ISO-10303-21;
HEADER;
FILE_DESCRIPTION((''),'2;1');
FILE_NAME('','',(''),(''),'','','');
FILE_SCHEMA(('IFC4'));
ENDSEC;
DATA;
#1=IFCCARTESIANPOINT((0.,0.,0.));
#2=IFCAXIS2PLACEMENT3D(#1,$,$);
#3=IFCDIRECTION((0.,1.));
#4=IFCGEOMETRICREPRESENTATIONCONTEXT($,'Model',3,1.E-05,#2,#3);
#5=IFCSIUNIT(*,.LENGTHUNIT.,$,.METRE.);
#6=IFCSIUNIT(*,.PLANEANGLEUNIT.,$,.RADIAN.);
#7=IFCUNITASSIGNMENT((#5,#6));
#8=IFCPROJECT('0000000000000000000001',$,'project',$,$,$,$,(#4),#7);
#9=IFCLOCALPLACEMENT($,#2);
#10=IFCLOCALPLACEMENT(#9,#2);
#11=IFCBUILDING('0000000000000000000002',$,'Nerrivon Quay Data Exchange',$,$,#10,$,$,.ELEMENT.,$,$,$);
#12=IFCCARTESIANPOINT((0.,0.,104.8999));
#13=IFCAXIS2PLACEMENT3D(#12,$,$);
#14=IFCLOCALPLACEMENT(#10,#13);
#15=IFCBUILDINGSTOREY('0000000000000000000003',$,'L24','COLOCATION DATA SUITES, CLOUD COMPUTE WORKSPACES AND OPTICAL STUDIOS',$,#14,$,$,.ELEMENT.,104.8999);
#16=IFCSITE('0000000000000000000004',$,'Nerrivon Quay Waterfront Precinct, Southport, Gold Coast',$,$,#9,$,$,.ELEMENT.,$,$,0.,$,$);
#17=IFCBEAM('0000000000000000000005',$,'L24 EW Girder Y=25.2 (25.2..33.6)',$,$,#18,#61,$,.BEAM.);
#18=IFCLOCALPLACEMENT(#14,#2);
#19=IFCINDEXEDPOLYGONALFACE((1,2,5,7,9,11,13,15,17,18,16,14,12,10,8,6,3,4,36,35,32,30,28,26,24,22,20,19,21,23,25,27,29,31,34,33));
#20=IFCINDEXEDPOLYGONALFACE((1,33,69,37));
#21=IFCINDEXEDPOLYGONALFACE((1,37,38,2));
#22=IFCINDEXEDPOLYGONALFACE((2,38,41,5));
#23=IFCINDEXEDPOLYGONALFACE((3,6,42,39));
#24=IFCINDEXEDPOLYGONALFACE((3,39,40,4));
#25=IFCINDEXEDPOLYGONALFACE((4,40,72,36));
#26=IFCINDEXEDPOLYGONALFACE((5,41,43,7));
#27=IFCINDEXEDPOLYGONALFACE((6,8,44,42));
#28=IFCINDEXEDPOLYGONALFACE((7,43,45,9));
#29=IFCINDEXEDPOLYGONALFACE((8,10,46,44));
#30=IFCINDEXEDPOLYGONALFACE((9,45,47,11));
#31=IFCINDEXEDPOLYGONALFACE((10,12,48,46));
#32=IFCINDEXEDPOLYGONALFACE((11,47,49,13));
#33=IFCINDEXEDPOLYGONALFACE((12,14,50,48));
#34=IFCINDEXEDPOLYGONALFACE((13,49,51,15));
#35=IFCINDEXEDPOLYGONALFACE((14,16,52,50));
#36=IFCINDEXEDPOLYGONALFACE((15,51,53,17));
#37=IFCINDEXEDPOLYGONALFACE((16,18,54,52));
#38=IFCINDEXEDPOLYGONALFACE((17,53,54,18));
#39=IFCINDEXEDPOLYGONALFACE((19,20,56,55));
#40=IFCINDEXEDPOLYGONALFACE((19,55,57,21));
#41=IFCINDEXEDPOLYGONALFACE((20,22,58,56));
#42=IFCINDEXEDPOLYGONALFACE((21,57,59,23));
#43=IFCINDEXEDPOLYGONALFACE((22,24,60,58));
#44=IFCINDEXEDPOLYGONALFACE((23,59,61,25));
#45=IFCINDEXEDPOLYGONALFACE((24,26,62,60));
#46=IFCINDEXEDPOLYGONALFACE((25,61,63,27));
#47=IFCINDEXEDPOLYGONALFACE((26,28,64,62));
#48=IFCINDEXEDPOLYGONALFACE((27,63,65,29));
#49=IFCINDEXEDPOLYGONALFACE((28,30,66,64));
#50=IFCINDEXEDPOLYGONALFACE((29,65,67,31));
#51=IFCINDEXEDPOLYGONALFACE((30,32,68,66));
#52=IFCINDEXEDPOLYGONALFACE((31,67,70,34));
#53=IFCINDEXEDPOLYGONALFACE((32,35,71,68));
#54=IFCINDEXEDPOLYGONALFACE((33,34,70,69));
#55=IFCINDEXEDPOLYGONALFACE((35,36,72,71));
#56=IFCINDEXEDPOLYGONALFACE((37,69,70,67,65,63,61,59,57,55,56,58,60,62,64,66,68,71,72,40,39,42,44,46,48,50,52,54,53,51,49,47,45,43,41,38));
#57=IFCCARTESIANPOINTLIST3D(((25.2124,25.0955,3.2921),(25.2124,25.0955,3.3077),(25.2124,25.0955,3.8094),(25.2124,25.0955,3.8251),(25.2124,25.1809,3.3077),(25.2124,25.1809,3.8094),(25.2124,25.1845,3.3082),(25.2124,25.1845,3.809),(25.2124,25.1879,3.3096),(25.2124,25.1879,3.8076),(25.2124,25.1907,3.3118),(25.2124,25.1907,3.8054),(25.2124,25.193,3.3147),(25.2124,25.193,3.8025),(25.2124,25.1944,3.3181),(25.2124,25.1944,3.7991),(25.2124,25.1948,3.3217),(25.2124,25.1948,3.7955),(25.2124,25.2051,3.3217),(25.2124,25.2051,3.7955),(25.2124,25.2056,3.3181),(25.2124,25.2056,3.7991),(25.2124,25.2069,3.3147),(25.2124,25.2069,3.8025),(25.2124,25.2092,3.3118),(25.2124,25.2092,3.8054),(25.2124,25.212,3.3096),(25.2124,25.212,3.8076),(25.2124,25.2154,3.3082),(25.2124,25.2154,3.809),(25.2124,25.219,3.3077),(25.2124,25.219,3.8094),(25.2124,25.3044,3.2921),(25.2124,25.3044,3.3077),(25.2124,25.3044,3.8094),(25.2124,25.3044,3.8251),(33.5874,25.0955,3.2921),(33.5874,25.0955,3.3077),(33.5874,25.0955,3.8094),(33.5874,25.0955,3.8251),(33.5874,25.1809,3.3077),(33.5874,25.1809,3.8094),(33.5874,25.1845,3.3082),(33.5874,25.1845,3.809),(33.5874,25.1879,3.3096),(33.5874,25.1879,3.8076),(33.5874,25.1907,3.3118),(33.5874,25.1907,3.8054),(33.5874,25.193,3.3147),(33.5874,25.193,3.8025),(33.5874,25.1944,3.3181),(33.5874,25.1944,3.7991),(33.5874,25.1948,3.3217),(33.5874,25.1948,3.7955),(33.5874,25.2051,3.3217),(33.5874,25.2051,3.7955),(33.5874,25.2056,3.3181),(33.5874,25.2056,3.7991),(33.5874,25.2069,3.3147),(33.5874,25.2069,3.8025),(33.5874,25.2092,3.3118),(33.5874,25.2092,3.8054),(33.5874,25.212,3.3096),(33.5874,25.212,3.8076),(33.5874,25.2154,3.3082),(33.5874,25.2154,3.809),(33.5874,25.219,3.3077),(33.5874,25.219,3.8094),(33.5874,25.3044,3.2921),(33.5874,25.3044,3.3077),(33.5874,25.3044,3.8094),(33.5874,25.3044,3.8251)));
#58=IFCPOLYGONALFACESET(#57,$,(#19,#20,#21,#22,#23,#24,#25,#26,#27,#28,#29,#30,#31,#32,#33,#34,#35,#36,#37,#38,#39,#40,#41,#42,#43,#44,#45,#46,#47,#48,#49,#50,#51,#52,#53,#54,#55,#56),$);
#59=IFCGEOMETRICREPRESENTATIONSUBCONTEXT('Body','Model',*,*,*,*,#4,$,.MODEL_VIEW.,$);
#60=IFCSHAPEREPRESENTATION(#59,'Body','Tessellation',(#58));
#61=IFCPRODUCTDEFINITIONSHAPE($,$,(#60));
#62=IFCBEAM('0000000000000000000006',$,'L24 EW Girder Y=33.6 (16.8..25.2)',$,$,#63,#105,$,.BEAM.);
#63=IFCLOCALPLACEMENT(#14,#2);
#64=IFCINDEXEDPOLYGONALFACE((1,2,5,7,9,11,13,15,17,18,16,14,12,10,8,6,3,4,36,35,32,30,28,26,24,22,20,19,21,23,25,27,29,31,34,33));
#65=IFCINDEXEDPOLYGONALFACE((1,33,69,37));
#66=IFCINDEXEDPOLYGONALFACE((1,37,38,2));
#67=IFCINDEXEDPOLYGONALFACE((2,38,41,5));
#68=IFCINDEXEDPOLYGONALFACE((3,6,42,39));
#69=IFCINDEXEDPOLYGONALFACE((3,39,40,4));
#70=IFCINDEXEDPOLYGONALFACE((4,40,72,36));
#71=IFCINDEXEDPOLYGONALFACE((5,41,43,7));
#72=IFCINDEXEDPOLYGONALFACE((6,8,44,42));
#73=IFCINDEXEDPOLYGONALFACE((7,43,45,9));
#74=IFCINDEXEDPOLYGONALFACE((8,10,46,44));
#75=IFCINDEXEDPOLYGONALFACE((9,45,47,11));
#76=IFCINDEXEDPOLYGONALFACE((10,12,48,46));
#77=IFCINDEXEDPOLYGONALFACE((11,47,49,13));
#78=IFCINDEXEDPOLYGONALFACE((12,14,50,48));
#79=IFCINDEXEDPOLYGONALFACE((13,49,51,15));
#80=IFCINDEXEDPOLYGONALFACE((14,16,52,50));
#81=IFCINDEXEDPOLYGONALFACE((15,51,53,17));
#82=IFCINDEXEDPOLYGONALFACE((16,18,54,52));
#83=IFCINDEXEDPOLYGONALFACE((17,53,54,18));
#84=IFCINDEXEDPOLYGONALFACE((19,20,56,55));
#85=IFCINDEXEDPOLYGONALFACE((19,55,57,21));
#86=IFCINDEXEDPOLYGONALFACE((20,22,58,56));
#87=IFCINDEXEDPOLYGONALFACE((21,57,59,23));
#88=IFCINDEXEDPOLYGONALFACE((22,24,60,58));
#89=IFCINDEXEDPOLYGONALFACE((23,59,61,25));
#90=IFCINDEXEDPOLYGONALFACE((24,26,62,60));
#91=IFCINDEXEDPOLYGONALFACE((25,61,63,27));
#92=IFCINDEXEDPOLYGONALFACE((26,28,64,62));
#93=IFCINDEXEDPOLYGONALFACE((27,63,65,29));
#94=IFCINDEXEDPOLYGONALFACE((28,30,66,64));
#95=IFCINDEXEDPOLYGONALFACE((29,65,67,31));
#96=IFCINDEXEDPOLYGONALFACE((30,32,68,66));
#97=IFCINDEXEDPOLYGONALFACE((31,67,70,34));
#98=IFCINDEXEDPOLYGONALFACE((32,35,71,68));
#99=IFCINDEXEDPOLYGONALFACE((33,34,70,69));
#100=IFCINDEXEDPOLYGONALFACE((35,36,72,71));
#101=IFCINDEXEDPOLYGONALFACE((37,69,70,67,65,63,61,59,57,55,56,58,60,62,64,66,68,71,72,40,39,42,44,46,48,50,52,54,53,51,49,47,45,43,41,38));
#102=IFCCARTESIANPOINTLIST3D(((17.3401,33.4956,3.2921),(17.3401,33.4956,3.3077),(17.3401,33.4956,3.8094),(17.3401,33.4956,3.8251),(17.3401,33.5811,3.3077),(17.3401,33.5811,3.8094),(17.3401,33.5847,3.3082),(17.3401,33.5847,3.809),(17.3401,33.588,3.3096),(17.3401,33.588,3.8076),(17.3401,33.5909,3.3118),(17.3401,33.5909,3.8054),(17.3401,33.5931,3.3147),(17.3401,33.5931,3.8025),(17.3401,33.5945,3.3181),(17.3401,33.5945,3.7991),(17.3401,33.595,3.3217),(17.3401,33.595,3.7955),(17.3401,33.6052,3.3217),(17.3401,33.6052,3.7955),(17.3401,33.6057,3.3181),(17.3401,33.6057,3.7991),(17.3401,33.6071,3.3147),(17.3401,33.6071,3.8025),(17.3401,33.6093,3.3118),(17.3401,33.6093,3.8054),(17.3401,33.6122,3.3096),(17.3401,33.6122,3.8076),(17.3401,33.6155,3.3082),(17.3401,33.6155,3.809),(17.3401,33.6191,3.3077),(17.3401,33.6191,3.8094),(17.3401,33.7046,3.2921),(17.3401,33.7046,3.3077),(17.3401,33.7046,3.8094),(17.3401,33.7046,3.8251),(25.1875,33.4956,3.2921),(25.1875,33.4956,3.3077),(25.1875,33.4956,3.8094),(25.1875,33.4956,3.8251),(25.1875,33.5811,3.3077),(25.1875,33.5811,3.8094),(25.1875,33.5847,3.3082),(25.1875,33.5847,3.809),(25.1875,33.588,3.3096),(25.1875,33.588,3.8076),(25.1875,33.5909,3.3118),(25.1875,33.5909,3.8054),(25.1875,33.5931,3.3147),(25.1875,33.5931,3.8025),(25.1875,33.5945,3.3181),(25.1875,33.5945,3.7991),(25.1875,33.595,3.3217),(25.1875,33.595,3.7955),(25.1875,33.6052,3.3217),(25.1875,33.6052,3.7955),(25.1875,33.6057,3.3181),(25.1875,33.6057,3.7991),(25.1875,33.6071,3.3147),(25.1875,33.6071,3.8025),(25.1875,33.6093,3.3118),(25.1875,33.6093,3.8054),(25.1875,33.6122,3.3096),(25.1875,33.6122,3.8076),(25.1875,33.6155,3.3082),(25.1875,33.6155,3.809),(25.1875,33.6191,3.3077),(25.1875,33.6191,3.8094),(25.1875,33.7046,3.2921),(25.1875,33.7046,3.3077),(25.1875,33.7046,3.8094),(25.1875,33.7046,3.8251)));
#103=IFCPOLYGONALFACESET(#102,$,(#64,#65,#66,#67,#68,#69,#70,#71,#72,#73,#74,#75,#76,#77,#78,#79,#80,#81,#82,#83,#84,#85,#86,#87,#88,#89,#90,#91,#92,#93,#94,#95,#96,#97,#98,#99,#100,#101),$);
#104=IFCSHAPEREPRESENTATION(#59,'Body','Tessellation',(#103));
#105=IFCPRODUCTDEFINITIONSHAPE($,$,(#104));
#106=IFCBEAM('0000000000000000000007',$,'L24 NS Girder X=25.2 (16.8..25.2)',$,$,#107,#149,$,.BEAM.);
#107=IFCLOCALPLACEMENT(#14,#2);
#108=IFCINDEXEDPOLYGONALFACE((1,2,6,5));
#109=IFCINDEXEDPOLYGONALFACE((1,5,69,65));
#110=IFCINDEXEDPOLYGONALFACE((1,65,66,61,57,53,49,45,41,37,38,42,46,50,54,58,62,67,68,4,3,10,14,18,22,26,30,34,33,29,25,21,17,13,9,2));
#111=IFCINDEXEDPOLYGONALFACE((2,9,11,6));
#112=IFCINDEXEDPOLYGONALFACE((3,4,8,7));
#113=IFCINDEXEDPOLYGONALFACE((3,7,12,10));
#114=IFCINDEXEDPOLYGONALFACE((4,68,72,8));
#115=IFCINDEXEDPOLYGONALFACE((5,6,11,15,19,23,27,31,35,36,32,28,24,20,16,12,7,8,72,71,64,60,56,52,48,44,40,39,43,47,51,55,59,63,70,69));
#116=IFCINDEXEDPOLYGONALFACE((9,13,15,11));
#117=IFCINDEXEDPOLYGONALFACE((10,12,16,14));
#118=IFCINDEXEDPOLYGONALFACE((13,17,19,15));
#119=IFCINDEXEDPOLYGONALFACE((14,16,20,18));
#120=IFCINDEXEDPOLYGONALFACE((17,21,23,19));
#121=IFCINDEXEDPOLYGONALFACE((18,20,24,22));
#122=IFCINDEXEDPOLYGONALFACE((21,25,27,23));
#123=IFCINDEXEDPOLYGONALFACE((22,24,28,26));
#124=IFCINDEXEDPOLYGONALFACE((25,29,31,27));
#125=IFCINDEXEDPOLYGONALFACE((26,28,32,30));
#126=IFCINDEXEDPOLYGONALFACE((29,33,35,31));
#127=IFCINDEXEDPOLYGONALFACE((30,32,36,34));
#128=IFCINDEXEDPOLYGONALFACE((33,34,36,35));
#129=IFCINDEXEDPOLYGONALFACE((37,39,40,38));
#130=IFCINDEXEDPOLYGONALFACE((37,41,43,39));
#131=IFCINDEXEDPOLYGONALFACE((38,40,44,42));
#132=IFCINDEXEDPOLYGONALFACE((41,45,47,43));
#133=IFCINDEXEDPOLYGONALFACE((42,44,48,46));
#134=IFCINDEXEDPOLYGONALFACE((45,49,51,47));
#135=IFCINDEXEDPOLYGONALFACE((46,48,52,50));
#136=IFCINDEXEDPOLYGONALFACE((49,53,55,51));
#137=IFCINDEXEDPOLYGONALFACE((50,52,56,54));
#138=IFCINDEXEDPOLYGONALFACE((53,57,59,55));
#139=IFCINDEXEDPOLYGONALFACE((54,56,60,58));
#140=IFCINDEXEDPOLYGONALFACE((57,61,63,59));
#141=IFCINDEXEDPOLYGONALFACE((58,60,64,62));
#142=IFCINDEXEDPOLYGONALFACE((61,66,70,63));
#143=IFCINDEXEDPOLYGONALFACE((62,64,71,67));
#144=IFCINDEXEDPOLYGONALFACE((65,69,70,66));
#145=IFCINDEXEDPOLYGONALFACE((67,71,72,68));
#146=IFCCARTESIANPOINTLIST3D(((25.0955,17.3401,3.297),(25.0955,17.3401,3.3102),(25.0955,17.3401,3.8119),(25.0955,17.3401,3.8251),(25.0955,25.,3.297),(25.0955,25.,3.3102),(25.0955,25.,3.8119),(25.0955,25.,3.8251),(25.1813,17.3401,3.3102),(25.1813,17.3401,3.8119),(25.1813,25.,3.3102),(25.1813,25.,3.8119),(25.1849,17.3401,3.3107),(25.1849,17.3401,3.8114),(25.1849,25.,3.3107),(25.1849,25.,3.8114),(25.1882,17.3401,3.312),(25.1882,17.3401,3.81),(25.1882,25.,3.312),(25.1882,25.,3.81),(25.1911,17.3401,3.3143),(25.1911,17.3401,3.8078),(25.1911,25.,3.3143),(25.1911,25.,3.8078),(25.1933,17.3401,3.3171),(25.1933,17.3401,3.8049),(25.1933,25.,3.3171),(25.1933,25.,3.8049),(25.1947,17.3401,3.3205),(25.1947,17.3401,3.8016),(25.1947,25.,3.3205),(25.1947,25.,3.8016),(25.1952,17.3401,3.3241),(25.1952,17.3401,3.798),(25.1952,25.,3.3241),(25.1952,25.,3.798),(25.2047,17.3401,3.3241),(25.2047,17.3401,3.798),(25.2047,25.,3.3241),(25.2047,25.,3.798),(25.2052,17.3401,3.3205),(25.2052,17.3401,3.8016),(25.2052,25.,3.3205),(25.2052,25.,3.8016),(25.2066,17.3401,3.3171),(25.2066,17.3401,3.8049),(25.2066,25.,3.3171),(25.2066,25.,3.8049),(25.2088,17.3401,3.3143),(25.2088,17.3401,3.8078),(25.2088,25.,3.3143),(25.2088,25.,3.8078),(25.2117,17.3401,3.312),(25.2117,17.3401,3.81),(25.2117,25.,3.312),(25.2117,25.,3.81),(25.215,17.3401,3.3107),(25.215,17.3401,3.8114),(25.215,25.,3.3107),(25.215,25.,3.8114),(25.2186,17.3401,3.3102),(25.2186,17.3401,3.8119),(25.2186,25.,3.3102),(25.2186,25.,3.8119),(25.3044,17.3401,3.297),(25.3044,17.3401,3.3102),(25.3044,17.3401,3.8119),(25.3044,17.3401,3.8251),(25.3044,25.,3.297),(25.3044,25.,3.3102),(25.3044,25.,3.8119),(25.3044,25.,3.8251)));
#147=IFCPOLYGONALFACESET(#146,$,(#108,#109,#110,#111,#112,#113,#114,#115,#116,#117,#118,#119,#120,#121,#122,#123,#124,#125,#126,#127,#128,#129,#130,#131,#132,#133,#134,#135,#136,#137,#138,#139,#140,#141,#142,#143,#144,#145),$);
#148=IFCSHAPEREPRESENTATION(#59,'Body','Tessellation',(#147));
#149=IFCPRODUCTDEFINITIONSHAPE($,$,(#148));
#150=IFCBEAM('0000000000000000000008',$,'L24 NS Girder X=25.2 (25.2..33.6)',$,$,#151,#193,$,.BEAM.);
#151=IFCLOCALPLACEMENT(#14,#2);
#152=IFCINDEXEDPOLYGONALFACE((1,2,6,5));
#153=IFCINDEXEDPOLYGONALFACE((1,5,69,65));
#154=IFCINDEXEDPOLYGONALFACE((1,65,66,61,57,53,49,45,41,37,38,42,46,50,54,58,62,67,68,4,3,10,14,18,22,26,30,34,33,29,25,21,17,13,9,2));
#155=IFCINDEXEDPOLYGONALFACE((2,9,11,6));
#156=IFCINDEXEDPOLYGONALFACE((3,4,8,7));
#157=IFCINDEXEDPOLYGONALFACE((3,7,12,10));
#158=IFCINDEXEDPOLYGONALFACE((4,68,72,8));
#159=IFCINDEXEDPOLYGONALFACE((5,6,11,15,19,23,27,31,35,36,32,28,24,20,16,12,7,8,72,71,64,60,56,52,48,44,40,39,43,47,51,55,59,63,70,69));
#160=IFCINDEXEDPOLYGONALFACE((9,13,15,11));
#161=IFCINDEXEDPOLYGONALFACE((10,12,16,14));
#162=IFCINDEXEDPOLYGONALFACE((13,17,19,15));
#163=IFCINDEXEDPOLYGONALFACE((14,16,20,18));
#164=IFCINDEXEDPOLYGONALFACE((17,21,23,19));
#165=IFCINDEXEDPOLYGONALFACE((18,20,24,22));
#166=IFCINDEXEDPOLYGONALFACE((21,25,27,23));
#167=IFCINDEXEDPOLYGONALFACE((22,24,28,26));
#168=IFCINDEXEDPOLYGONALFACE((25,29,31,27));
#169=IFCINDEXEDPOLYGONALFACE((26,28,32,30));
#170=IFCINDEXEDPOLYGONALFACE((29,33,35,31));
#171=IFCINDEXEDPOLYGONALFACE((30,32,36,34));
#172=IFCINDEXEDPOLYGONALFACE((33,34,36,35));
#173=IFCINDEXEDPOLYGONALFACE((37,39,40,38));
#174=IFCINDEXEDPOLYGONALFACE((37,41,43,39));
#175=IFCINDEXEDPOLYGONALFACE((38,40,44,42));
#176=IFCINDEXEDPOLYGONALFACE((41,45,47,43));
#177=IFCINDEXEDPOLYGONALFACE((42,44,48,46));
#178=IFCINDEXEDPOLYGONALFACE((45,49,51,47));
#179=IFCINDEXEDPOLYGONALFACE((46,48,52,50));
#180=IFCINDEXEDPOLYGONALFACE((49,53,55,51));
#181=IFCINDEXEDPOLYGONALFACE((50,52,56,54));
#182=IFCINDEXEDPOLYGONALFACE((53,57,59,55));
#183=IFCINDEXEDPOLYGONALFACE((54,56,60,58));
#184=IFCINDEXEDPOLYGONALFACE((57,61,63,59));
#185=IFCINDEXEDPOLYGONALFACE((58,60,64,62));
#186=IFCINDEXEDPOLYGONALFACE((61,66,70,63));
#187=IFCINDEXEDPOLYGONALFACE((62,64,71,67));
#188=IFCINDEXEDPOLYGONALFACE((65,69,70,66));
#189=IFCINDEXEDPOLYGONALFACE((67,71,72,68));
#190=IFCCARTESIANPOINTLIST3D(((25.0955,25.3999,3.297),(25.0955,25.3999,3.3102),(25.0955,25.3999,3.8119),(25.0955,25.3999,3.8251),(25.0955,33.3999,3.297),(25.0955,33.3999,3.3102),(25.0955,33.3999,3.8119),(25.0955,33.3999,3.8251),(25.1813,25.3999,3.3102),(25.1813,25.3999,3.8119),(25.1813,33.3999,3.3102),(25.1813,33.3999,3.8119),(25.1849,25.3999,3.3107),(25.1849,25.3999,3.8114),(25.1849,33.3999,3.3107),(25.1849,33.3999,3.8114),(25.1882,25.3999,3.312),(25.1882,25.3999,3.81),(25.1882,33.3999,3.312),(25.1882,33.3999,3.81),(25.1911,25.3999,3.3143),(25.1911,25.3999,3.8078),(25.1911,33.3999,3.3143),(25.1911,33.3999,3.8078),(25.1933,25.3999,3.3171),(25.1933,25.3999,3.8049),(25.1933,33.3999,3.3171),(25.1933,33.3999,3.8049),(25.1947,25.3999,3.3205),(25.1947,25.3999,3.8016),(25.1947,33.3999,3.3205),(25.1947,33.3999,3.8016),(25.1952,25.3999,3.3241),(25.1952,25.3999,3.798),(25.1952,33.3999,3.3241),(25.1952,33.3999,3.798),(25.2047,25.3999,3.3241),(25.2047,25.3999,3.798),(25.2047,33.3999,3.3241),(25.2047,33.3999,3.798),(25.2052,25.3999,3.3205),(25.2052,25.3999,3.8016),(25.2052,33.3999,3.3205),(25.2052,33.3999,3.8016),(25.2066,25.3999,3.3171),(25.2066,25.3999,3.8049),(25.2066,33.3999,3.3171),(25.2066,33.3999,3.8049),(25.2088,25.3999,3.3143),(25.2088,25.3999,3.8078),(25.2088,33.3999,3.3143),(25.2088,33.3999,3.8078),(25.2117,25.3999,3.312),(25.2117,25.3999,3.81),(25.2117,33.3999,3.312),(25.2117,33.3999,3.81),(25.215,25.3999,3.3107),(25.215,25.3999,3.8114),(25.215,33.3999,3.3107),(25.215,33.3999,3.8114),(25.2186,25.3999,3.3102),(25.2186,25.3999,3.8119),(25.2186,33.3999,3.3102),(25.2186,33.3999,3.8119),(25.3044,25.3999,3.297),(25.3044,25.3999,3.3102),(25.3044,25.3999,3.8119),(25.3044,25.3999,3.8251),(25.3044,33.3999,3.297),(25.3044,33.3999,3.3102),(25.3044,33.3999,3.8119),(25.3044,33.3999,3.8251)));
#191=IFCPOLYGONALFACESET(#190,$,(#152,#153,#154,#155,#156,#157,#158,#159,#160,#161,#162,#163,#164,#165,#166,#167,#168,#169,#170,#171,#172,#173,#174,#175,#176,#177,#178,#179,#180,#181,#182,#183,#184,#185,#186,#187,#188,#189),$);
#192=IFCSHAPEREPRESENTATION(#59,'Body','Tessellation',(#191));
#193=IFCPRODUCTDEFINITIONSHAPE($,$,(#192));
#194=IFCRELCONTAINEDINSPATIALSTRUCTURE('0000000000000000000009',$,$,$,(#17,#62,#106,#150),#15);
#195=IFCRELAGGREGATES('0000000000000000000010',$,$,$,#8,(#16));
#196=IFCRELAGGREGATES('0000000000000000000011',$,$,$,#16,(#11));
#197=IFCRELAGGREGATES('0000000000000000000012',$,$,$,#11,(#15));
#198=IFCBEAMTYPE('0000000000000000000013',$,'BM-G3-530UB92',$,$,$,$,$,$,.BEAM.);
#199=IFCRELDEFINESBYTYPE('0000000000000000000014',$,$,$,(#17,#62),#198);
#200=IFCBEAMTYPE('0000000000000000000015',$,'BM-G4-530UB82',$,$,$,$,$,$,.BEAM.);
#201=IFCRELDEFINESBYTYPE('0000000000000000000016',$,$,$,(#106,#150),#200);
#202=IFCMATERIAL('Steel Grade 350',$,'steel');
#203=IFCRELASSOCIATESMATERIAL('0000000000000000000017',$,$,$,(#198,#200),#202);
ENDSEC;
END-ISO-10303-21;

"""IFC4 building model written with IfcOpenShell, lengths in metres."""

from ifc_helpers import new_model, si_unit, direction, frame, origin, origin_2d, place, context, subcontext, project, spatial, i_section, extrude, material, material_profile, profile_set, type_object, element, save


model = new_model("IFC4")

# Units and contexts
model_context = context("Model", 3, precision=1e-05, world=origin(), true_north=direction((0.0, 1.0)))
body_context = subcontext(model_context, "Body", "Model", "MODEL_VIEW")
ifc_project = project(units=[si_unit("LENGTHUNIT", "METRE"), si_unit("PLANEANGLEUNIT", "RADIAN")], contexts=[model_context])

# Site, building, storey
site_placement = place(None, origin())
site = spatial("IfcSite", under=ifc_project, at=site_placement, Name="Nerrivon Quay Waterfront Precinct, Southport, Gold Coast", CompositionType="ELEMENT", RefElevation=0.0)
building_placement = place(site_placement, origin())
building = spatial("IfcBuilding", under=site, at=building_placement, Name="Nerrivon Quay Data Exchange", CompositionType="ELEMENT")
storey_placement = place(building_placement, frame((0.0, 0.0, 104.8999)))
storey = spatial("IfcBuildingStorey", under=building, at=storey_placement, Name="L24", Description="COLOCATION DATA SUITES, CLOUD COMPUTE WORKSPACES AND OPTICAL STUDIOS", CompositionType="ELEMENT", Elevation=104.8999)

# Shared definitions
ifc_material_1 = material(Name="Steel Grade 350", Category="steel")

# Beams
ifc_material_profile_1 = material_profile(ifc_material_1, i_section(OverallWidth=0.209, OverallDepth=0.533, WebThickness=0.0103, FlangeThickness=0.0156, FilletRadius=0.0139, at=origin_2d()), Name="530UB92.4")
ifc_profile_set_1 = profile_set([ifc_material_profile_1], Name="Steel Grade 350")
beam_type_1 = type_object("IfcBeamType", Name="BM-G3-530UB92", PredefinedType="BEAM", material=ifc_profile_set_1)
beam_1_placement = place(storey_placement, frame((25.2124, 25.2, 3.5586), z_axis=(1.0, 0.0, 0.0), x_axis=(0.0, 1.0, 0.0)))
element("IfcBeam", 1, at=beam_1_placement, inside=storey, type_object=beam_type_1, Name="L24 EW Girder Y=25.2 (25.2..33.6)", PredefinedType="BEAM", context=body_context, shape_type="SweptSolid", body=[
    extrude(i_section(OverallWidth=0.209, OverallDepth=0.533, WebThickness=0.0103, FlangeThickness=0.0156, FilletRadius=0.0139, at=origin_2d()), origin(), (0.0, 0.0, 1.0), 8.375),
])
beam_2_placement = place(storey_placement, frame((17.3401, 33.6001, 3.5586), z_axis=(1.0, 0.0, 0.0), x_axis=(0.0, 1.0, 0.0)))
element("IfcBeam", 2, at=beam_2_placement, inside=storey, type_object=beam_type_1, Name="L24 EW Girder Y=33.6 (16.8..25.2)", PredefinedType="BEAM", context=body_context, shape_type="SweptSolid", body=[
    extrude(i_section(OverallWidth=0.209, OverallDepth=0.533, WebThickness=0.0103, FlangeThickness=0.0156, FilletRadius=0.0139, at=origin_2d()), origin(), (0.0, 0.0, 1.0), 7.8474),
])
ifc_material_profile_2 = material_profile(ifc_material_1, i_section(OverallWidth=0.209, OverallDepth=0.5281, WebThickness=0.0095, FlangeThickness=0.0132, FilletRadius=0.0139, at=origin_2d()), Name="530UB82.0")
ifc_profile_set_2 = profile_set([ifc_material_profile_2], Name="Steel Grade 350")
beam_type_2 = type_object("IfcBeamType", Name="BM-G4-530UB82", PredefinedType="BEAM", material=ifc_profile_set_2)
beam_3_placement = place(storey_placement, frame((25.2, 17.3401, 3.561), z_axis=(0.0, 1.0, 0.0), x_axis=(-1.0, 0.0, 0.0)))
element("IfcBeam", 3, at=beam_3_placement, inside=storey, type_object=beam_type_2, Name="L24 NS Girder X=25.2 (16.8..25.2)", PredefinedType="BEAM", context=body_context, shape_type="SweptSolid", body=[
    extrude(i_section(OverallWidth=0.209, OverallDepth=0.5281, WebThickness=0.0095, FlangeThickness=0.0132, FilletRadius=0.0139, at=origin_2d()), origin(), (0.0, 0.0, 1.0), 7.6599),
])
for number, where, z_axis, x_axis, name in (
    (4, (25.2, 25.3999, 3.561), (0.0, 1.0, 0.0), (-1.0, 0.0, 0.0), "L24 NS Girder X=25.2 (25.2..33.6)"),
):
    element("IfcBeam", number, at=place(storey_placement, frame(where, z_axis=z_axis, x_axis=x_axis)), inside=storey, type_object=beam_type_2, Name=name, PredefinedType="BEAM", context=body_context, shape_type="SweptSolid", body=[
        extrude(i_section(OverallWidth=0.209, OverallDepth=0.5281, WebThickness=0.0095, FlangeThickness=0.0132, FilletRadius=0.0139, at=origin_2d()), origin(), (0.0, 0.0, 1.0), 8.0),
    ])

save(model, "model.ifc")
